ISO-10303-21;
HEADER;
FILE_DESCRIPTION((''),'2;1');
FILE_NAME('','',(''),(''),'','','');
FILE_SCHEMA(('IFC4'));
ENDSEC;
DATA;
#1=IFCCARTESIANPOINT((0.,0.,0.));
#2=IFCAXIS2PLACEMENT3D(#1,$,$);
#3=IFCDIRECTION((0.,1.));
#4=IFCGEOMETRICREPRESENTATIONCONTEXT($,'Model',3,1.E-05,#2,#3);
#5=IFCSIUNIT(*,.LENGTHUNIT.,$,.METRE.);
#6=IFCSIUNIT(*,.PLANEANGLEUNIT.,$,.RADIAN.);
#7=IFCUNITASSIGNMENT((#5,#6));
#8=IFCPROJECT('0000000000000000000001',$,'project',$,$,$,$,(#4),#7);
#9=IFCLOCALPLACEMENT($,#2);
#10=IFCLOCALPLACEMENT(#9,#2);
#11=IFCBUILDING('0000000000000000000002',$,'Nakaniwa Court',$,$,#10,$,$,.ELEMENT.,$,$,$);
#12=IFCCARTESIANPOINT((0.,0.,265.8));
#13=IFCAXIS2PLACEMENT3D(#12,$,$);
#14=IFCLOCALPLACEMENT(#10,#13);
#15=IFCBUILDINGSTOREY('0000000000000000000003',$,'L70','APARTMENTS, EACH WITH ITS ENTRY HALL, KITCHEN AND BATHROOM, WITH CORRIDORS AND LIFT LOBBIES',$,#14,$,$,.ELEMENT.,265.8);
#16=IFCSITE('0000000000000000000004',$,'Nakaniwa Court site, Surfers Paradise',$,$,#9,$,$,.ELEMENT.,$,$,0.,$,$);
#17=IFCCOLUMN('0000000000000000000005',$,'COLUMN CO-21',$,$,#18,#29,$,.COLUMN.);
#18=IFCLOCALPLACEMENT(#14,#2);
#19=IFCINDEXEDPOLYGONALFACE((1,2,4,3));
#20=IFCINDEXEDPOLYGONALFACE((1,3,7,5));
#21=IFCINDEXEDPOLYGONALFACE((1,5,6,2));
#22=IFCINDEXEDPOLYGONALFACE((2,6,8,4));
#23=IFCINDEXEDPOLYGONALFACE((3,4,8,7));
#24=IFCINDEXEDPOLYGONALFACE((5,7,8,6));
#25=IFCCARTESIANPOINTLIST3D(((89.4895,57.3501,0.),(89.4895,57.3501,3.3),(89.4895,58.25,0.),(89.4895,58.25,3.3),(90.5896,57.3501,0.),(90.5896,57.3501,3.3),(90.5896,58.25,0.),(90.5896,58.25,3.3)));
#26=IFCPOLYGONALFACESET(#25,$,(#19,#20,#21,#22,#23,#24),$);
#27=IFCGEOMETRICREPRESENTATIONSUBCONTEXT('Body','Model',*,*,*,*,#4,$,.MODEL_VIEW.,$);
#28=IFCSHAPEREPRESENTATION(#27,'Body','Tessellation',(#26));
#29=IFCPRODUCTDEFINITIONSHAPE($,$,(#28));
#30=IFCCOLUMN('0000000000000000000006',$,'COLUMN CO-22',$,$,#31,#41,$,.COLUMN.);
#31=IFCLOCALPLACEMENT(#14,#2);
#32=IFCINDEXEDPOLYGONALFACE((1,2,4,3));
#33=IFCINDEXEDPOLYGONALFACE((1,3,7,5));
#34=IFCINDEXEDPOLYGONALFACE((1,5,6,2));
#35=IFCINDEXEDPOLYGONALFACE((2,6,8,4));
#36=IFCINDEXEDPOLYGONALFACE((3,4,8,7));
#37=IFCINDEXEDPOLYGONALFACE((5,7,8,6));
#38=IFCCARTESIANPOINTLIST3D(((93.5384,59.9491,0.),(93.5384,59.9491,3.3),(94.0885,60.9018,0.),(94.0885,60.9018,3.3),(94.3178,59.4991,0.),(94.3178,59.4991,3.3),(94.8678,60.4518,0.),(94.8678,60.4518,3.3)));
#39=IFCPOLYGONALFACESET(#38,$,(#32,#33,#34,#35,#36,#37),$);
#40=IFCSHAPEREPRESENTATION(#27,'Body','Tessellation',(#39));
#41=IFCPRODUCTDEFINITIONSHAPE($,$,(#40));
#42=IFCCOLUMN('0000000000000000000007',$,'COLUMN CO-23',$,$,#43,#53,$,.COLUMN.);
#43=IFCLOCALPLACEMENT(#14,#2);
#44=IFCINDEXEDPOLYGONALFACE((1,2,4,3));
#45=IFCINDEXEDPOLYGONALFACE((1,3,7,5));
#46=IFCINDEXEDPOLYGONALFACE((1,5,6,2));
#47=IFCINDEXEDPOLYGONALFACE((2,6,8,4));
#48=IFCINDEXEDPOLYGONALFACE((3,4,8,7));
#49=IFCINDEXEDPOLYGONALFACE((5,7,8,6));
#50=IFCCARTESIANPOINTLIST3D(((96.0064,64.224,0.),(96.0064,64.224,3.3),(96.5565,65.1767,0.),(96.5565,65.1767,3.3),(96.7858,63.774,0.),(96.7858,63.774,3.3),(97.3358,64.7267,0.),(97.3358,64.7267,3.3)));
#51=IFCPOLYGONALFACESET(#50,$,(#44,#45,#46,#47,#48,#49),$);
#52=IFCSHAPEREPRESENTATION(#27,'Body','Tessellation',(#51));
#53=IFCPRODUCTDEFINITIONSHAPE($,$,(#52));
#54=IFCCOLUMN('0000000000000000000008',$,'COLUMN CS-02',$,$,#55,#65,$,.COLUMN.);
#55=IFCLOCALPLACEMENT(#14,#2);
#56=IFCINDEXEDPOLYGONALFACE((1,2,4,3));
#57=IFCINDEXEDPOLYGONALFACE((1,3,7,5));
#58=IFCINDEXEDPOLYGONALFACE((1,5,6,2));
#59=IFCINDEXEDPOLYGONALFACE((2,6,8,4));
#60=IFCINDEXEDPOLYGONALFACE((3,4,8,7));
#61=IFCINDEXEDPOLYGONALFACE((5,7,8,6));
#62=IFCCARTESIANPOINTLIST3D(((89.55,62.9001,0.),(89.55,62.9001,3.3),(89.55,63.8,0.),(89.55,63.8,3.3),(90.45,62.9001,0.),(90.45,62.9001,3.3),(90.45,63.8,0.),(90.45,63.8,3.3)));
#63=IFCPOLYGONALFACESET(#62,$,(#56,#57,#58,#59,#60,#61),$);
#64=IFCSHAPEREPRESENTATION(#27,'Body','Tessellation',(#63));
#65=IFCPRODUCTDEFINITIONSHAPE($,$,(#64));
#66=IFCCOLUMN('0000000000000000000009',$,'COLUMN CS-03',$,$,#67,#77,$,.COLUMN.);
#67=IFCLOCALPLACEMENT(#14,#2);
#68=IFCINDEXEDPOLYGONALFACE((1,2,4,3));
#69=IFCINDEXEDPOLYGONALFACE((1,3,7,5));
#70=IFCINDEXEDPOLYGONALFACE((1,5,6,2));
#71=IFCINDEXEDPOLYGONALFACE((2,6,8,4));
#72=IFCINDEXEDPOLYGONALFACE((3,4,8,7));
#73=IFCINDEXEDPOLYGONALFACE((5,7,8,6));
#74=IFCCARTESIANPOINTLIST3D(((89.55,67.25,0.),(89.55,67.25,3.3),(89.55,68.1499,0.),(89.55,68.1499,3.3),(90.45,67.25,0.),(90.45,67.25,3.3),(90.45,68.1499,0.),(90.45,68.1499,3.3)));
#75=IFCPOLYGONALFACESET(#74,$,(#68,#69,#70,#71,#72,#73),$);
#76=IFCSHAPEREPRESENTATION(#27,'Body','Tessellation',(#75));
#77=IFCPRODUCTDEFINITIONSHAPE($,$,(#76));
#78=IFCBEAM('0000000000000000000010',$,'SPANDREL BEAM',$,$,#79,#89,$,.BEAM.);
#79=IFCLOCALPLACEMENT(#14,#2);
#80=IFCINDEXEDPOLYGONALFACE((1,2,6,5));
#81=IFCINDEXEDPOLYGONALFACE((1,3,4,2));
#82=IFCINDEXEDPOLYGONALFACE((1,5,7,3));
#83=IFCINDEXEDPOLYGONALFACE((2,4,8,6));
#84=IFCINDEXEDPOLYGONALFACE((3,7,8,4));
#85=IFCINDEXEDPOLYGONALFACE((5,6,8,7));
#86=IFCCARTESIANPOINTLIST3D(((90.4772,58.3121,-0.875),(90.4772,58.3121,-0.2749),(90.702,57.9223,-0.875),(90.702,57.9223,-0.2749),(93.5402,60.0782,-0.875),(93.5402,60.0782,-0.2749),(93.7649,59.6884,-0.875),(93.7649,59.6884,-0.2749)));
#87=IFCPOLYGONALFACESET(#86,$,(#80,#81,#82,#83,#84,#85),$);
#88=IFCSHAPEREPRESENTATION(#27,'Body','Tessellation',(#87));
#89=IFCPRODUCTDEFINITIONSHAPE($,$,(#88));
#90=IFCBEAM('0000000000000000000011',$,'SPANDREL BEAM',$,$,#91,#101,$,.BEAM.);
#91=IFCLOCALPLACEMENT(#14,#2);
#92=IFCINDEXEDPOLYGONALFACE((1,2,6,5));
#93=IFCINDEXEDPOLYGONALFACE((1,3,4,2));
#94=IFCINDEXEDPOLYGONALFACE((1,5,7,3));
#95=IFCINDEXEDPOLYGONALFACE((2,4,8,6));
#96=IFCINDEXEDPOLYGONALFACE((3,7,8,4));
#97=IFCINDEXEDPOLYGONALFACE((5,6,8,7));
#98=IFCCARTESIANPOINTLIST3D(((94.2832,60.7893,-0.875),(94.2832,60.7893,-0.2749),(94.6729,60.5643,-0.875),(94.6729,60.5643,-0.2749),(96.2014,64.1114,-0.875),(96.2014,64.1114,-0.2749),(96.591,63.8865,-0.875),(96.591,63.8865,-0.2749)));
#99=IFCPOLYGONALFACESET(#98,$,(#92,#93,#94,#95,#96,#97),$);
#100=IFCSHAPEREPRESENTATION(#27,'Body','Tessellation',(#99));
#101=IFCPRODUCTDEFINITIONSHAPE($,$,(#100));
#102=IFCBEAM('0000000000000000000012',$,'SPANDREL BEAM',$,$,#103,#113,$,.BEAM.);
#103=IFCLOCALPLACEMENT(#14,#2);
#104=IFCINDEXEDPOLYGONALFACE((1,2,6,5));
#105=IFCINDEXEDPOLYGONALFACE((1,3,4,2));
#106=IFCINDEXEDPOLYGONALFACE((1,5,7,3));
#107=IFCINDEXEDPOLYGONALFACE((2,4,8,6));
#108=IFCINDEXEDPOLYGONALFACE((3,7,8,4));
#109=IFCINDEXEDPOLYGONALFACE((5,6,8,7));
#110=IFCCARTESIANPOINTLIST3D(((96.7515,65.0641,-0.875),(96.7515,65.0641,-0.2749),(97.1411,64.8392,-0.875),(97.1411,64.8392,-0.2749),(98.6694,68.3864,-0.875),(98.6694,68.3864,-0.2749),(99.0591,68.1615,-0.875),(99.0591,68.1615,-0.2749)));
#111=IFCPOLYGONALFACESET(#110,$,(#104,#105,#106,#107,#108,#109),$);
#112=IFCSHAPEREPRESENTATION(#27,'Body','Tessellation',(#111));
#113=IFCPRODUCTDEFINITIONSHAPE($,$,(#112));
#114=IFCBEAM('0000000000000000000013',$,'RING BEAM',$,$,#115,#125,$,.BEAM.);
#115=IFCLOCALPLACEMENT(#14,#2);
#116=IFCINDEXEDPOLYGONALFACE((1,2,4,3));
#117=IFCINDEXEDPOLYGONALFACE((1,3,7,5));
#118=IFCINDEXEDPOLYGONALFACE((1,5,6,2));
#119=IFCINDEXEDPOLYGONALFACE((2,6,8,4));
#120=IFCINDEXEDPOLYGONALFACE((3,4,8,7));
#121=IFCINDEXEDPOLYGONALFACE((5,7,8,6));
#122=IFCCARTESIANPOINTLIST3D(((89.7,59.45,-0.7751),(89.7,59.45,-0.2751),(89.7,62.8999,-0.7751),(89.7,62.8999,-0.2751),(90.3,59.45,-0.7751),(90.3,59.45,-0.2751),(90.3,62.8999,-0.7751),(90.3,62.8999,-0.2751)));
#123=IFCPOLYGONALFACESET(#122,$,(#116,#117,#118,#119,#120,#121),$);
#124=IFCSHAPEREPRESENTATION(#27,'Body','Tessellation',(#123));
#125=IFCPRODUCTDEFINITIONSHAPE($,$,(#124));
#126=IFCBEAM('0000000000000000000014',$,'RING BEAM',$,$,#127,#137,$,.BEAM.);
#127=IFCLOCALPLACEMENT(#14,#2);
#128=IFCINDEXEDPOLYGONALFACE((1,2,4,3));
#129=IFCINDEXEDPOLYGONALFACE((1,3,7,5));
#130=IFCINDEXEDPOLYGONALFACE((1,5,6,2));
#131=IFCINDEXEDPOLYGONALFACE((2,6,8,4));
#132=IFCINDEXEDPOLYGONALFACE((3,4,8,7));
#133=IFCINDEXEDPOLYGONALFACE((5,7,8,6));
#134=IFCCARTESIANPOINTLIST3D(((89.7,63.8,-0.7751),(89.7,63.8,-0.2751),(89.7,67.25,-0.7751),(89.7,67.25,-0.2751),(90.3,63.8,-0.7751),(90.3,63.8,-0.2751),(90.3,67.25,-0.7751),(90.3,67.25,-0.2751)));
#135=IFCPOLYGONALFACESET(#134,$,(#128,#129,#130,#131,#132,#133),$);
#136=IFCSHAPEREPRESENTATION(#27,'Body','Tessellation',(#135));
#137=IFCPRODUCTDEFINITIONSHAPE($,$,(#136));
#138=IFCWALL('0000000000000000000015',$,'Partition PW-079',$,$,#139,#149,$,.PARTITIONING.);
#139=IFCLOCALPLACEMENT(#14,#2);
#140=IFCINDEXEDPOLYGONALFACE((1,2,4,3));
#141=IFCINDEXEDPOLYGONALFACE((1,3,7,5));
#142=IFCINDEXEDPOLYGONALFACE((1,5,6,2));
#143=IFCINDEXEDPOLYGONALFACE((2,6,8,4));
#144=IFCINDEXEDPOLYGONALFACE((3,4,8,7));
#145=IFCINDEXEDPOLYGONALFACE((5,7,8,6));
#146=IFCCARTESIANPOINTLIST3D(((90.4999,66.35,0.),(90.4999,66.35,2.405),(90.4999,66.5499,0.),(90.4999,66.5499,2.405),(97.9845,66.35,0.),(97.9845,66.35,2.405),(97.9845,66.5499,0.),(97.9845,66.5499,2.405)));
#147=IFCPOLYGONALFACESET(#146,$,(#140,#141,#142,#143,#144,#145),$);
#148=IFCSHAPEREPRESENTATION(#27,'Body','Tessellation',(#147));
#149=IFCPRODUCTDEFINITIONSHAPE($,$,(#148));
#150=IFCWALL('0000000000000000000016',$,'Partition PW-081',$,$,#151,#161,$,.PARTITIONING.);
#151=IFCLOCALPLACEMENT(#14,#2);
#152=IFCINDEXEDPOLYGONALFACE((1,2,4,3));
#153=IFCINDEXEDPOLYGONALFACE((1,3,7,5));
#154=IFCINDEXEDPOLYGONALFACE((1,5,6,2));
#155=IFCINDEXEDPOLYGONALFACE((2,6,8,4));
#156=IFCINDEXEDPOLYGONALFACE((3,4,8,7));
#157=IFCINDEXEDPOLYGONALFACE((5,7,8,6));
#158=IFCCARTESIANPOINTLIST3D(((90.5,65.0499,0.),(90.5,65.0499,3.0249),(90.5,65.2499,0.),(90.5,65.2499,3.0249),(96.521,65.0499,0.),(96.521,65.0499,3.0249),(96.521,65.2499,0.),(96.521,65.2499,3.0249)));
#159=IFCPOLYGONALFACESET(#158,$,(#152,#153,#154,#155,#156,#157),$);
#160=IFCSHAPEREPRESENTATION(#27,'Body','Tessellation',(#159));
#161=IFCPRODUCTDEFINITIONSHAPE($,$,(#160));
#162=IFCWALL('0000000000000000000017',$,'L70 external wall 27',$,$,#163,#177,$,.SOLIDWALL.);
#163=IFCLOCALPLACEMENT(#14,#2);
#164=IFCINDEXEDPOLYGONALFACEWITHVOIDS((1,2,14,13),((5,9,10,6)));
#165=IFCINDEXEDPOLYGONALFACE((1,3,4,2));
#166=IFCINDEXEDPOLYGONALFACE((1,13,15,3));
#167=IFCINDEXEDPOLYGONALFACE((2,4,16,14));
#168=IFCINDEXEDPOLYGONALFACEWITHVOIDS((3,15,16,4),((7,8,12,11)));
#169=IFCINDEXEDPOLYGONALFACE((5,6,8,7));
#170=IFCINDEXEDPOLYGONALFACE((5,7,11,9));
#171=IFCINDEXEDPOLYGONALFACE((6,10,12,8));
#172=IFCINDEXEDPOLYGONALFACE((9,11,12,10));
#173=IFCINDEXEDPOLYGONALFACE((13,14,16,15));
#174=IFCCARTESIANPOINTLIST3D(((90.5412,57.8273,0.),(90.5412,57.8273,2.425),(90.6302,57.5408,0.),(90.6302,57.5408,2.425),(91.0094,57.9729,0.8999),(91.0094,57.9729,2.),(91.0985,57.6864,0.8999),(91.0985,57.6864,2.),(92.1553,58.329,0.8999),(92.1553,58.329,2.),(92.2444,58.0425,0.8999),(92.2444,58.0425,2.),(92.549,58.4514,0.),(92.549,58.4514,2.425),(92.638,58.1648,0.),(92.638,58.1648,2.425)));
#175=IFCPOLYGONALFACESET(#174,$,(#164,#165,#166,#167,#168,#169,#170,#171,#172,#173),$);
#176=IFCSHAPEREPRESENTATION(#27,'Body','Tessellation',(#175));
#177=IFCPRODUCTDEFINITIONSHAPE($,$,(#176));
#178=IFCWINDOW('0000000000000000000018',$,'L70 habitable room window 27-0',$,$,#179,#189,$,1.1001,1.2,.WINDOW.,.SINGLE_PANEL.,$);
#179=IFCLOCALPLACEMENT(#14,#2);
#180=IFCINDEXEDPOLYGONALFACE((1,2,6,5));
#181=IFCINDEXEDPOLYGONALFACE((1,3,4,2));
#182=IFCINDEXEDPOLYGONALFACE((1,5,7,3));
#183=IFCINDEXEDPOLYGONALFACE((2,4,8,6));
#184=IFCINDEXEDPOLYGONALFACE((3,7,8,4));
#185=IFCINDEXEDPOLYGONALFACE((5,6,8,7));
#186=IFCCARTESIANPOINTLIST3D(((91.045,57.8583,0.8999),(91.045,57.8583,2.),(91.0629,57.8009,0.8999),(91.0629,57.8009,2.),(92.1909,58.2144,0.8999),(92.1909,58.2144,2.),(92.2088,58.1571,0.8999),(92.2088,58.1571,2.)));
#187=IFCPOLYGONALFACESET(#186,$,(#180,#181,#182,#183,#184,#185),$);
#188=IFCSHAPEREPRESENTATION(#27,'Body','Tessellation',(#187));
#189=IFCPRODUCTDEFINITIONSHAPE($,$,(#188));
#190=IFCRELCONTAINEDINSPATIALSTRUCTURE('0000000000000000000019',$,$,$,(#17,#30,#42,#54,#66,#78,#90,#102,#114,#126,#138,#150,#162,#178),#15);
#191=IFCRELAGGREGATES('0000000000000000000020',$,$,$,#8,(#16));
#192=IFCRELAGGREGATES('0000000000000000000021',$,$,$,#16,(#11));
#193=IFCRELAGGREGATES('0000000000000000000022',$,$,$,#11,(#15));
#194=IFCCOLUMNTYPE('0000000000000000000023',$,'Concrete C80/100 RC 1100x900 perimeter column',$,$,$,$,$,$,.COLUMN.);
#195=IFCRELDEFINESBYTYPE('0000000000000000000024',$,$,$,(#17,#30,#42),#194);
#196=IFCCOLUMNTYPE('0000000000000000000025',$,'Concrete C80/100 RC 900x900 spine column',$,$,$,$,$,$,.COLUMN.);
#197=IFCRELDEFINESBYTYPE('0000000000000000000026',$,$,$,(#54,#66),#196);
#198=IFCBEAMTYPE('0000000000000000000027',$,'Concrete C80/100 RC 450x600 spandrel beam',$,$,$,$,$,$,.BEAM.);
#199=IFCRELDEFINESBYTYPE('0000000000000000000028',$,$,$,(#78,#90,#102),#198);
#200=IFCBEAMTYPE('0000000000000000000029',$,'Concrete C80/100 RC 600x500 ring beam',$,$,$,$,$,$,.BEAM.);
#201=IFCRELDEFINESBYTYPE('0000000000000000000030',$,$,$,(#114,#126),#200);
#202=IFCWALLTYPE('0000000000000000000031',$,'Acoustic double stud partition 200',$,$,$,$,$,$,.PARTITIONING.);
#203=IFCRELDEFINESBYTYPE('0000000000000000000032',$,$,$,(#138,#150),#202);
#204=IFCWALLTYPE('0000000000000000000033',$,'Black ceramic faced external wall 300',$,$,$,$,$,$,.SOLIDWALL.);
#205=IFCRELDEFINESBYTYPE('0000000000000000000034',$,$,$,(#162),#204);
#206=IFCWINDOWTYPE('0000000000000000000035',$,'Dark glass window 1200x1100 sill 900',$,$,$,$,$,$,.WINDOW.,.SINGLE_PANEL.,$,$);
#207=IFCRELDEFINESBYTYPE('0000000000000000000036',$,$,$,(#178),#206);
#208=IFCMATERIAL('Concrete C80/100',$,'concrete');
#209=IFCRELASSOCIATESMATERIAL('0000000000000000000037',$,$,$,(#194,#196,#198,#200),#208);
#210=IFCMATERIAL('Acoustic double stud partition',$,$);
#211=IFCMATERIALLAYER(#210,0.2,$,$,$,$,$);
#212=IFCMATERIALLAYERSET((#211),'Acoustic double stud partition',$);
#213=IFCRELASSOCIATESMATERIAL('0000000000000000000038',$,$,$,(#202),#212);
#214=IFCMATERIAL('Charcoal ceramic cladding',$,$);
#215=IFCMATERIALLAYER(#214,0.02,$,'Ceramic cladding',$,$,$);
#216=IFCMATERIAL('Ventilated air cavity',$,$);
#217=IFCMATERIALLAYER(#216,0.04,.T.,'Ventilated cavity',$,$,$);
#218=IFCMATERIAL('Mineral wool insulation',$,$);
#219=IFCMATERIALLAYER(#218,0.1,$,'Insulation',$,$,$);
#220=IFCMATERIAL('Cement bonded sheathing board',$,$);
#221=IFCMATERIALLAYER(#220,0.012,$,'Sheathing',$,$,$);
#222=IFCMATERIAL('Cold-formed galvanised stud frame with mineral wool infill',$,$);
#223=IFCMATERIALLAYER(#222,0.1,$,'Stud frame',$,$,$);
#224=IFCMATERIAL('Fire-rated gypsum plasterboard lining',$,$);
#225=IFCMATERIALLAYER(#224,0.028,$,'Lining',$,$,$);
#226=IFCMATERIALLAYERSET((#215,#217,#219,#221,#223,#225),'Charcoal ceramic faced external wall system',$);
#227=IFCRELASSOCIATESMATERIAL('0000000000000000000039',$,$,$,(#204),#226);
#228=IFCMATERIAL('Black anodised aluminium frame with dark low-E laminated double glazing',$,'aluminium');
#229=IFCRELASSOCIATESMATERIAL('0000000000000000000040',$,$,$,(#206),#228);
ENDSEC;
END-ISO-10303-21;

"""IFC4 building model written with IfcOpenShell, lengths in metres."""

from ifc_helpers import new_model, si_unit, direction, frame, frame_2d, origin, origin_2d, place, context, subcontext, project, spatial, rectangle, extrude, material, layer, layer_set, material_profile, profile_set, type_object, element, fill, save


model = new_model("IFC4")

# Units and contexts
model_context = context("Model", 3, precision=1e-05, world=origin(), true_north=direction((0.0, 1.0)))
body_context = subcontext(model_context, "Body", "Model", "MODEL_VIEW")
ifc_project = project(units=[si_unit("LENGTHUNIT", "METRE"), si_unit("PLANEANGLEUNIT", "RADIAN")], contexts=[model_context])

# Site, building, storey
site_placement = place(None, origin())
site = spatial("IfcSite", under=ifc_project, at=site_placement, Name="Nakaniwa Court site, Surfers Paradise", CompositionType="ELEMENT", RefElevation=0.0)
building_placement = place(site_placement, origin())
building = spatial("IfcBuilding", under=site, at=building_placement, Name="Nakaniwa Court", CompositionType="ELEMENT")
storey_placement = place(building_placement, frame((0.0, 0.0, 265.8)))
storey = spatial("IfcBuildingStorey", under=building, at=storey_placement, Name="L70", Description="APARTMENTS, EACH WITH ITS ENTRY HALL, KITCHEN AND BATHROOM, WITH CORRIDORS AND LIFT LOBBIES", CompositionType="ELEMENT", Elevation=265.8)

# Columns
ifc_material_1 = material(Name="Concrete C80/100", Category="concrete")
ifc_material_profile_1 = material_profile(ifc_material_1, rectangle(XDim=1.1001, YDim=0.8999, at=origin_2d()), Name="Concrete C80/100 RC 1100x900 perimeter column")
ifc_profile_set_1 = profile_set([ifc_material_profile_1], Name="Concrete C80/100")
column_type_1 = type_object("IfcColumnType", Name="Concrete C80/100 RC 1100x900 perimeter column", PredefinedType="COLUMN", material=ifc_profile_set_1)
for number, where, z_axis, x_axis, name in (
    (1, (90.0396, 57.8, 0.0), (0.0, 0.0, 1.0), (1.0, 0.0, 0.0), "COLUMN CO-21"),
    (2, (94.2031, 60.2004, 0.0), (0.0, 0.0, 1.0), (0.5, 0.866025, 0.0), "COLUMN CO-22"),
    (3, (96.6711, 64.4753, 0.0), (0.0, 0.0, 1.0), (0.5, 0.866025, 0.0), "COLUMN CO-23"),
):
    element("IfcColumn", number, at=place(storey_placement, frame(where, z_axis=z_axis, x_axis=x_axis)), inside=storey, type_object=column_type_1, Name=name, PredefinedType="COLUMN", context=body_context, shape_type="SweptSolid", body=[
        extrude(rectangle(XDim=1.1001, YDim=0.8999, at=origin_2d()), origin(), (0.0, 0.0, 1.0), 3.3),
    ])
ifc_material_profile_2 = material_profile(ifc_material_1, rectangle(XDim=0.8999, YDim=0.8999, at=origin_2d()), Name="Concrete C80/100 RC 900x900 spine column")
ifc_profile_set_2 = profile_set([ifc_material_profile_2], Name="Concrete C80/100")
column_type_2 = type_object("IfcColumnType", Name="Concrete C80/100 RC 900x900 spine column", PredefinedType="COLUMN", material=ifc_profile_set_2)
for number, where, z_axis, x_axis, name in (
    (4, (90.0, 63.3501, 0.0), (0.0, 0.0, 1.0), (0.0, 1.0, 0.0), "COLUMN CS-02"),
    (5, (90.0, 67.7, 0.0), (0.0, 0.0, 1.0), (0.0, 1.0, 0.0), "COLUMN CS-03"),
):
    element("IfcColumn", number, at=place(storey_placement, frame(where, z_axis=z_axis, x_axis=x_axis)), inside=storey, type_object=column_type_2, Name=name, PredefinedType="COLUMN", context=body_context, shape_type="SweptSolid", body=[
        extrude(rectangle(XDim=0.8999, YDim=0.8999, at=origin_2d()), origin(), (0.0, 0.0, 1.0), 3.3),
    ])

# Beams
ifc_material_profile_3 = material_profile(ifc_material_1, rectangle(XDim=0.45, YDim=0.6001, at=origin_2d()), Name="Concrete C80/100 RC 450x600 spandrel beam")
ifc_profile_set_3 = profile_set([ifc_material_profile_3], Name="Concrete C80/100")
beam_type_1 = type_object("IfcBeamType", Name="Concrete C80/100 RC 450x600 spandrel beam", PredefinedType="BEAM", material=ifc_profile_set_3)
beam_placement = place(storey_placement, frame((90.5896, 58.1172, -0.575), z_axis=(0.866307, 0.499511, 0.0), x_axis=(-0.499511, 0.866307, 0.0)))
element("IfcBeam", 6, at=beam_placement, inside=storey, type_object=beam_type_1, Name="SPANDREL BEAM", PredefinedType="BEAM", context=body_context, shape_type="SweptSolid", body=[
    extrude(rectangle(XDim=0.45, YDim=0.6001, at=origin_2d()), origin(), (0.0, 0.0, 1.0), 3.5356),
])
for number, where, z_axis, x_axis, name in (
    (7, (94.478, 60.6768, -0.575), (0.50002, 0.866014, 0.0), (-0.866014, 0.50002, 0.0), "SPANDREL BEAM"),
    (8, (96.9463, 64.9517, -0.575), (0.499972, 0.866041, 0.0), (-0.866041, 0.499972, 0.0), "SPANDREL BEAM"),
):
    element("IfcBeam", number, at=place(storey_placement, frame(where, z_axis=z_axis, x_axis=x_axis)), inside=storey, type_object=beam_type_1, Name=name, PredefinedType="BEAM", context=body_context, shape_type="SweptSolid", body=[
        extrude(rectangle(XDim=0.45, YDim=0.6001, at=origin_2d()), origin(), (0.0, 0.0, 1.0), 3.8362),
    ])
ifc_material_profile_4 = material_profile(ifc_material_1, rectangle(XDim=0.6001, YDim=0.5, at=origin_2d()), Name="Concrete C80/100 RC 600x500 ring beam")
ifc_profile_set_4 = profile_set([ifc_material_profile_4], Name="Concrete C80/100")
beam_type_2 = type_object("IfcBeamType", Name="Concrete C80/100 RC 600x500 ring beam", PredefinedType="BEAM", material=ifc_profile_set_4)
for number, where, z_axis, x_axis, name in (
    (9, (90.0, 59.45, -0.5251), (0.0, 1.0, 0.0), (-1.0, 0.0, 0.0), "RING BEAM"),
    (10, (90.0, 63.8, -0.5251), (0.0, 1.0, 0.0), (-1.0, 0.0, 0.0), "RING BEAM"),
):
    element("IfcBeam", number, at=place(storey_placement, frame(where, z_axis=z_axis, x_axis=x_axis)), inside=storey, type_object=beam_type_2, Name=name, PredefinedType="BEAM", context=body_context, shape_type="SweptSolid", body=[
        extrude(rectangle(XDim=0.6001, YDim=0.5, at=origin_2d()), origin(), (0.0, 0.0, 1.0), 3.45),
    ])

# Walls
ifc_material_2 = material(Name="Acoustic double stud partition")
ifc_layer_1 = layer(ifc_material_2, 0.2)
ifc_layer_set_1 = layer_set([ifc_layer_1], Name="Acoustic double stud partition")
wall_type_1 = type_object("IfcWallType", Name="Acoustic double stud partition 200", PredefinedType="PARTITIONING", material=ifc_layer_set_1)
wall_1_placement = place(storey_placement, frame((90.5, 66.45, 0.0), z_axis=(0.0, 0.0, 1.0), x_axis=(1.0, 0.0, 0.0)))
element("IfcWall", 11, at=wall_1_placement, inside=storey, type_object=wall_type_1, Name="Partition PW-079", PredefinedType="PARTITIONING", context=body_context, shape_type="SweptSolid", body=[
    extrude(rectangle(XDim=7.4846, YDim=0.2, at=frame_2d((3.7422, 0.0))), origin(), (0.0, 0.0, 1.0), 2.405),
])
wall_2_placement = place(storey_placement, frame((90.5, 65.1499, 0.0), z_axis=(0.0, 0.0, 1.0), x_axis=(1.0, 0.0, 0.0)))
element("IfcWall", 12, at=wall_2_placement, inside=storey, type_object=wall_type_1, Name="Partition PW-081", PredefinedType="PARTITIONING", context=body_context, shape_type="SweptSolid", body=[
    extrude(rectangle(XDim=6.021, YDim=0.2, at=frame_2d((3.0105, 0.0))), origin(), (0.0, 0.0, 1.0), 3.0249),
])

# Wall, opening, window
ifc_material_3 = material(Name="Charcoal ceramic cladding")
ifc_layer_2 = layer(ifc_material_3, 0.02, Name="Ceramic cladding")
ifc_material_4 = material(Name="Ventilated air cavity")
ifc_layer_3 = layer(ifc_material_4, 0.04, ventilated=True, Name="Ventilated cavity")
ifc_material_5 = material(Name="Mineral wool insulation")
ifc_layer_4 = layer(ifc_material_5, 0.1, Name="Insulation")
ifc_material_6 = material(Name="Cement bonded sheathing board")
ifc_layer_5 = layer(ifc_material_6, 0.012, Name="Sheathing")
ifc_material_7 = material(Name="Cold-formed galvanised stud frame with mineral wool infill")
ifc_layer_6 = layer(ifc_material_7, 0.1, Name="Stud frame")
ifc_material_8 = material(Name="Fire-rated gypsum plasterboard lining")
ifc_layer_7 = layer(ifc_material_8, 0.028, Name="Lining")
ifc_layer_set_2 = layer_set([ifc_layer_2, ifc_layer_3, ifc_layer_4, ifc_layer_5, ifc_layer_6, ifc_layer_7], Name="Charcoal ceramic faced external wall system")
wall_type_2 = type_object("IfcWallType", Name="Black ceramic faced external wall 300", PredefinedType="SOLIDWALL", material=ifc_layer_set_2)
wall_3_placement = place(storey_placement, frame((90.5857, 57.6841, 0.0), z_axis=(0.0, 0.0, 1.0), x_axis=(0.954942, 0.296794, 0.0)))
wall_3 = element("IfcWall", 13, at=wall_3_placement, inside=storey, type_object=wall_type_2, Name="L70 external wall 27", PredefinedType="SOLIDWALL", context=body_context, shape_type="SweptSolid", body=[
    extrude(rectangle(XDim=2.1025, YDim=0.3, at=frame_2d((1.0513, 0.0))), origin(), (0.0, 0.0, 1.0), 2.425),
])
opening_1_placement = place(wall_3_placement, frame((0.4902, 0.0, 0.8999)))
opening_1 = element("IfcOpeningElement", 14, at=opening_1_placement, cuts=wall_3, PredefinedType="OPENING", context=body_context, shape_type="SweptSolid", body=[
    extrude(rectangle(XDim=1.2, YDim=1.1001, at=frame_2d((0.6001, 0.55))), frame((0.0, 0.1599, 0.0), z_axis=(0.0, -1.0, 0.0), x_axis=(1.0, 0.0, 0.0)), (0.0, 0.0, 1.0), 0.3201),
])
ifc_material_9 = material(Name="Black anodised aluminium frame with dark low-E laminated double glazing", Category="aluminium")
window_type_1 = type_object("IfcWindowType", Name="Dark glass window 1200x1100 sill 900", PartitioningType="SINGLE_PANEL", PredefinedType="WINDOW", material=ifc_material_9)
window_1_placement = place(opening_1_placement, origin())
window_1 = element("IfcWindow", 15, at=window_1_placement, inside=storey, type_object=window_type_1, Name="L70 habitable room window 27-0", OverallHeight=1.1001, OverallWidth=1.2, PartitioningType="SINGLE_PANEL", PredefinedType="WINDOW", context=body_context, shape_type="SweptSolid", body=[
    extrude(rectangle(XDim=1.2, YDim=1.1001, at=frame_2d((0.6001, 0.55))), frame((0.0, 0.03, 0.0), z_axis=(0.0, -1.0, 0.0), x_axis=(1.0, 0.0, 0.0)), (0.0, 0.0, 1.0), 0.0601),
])
fill(opening_1, window_1)

save(model, "model.ifc")
